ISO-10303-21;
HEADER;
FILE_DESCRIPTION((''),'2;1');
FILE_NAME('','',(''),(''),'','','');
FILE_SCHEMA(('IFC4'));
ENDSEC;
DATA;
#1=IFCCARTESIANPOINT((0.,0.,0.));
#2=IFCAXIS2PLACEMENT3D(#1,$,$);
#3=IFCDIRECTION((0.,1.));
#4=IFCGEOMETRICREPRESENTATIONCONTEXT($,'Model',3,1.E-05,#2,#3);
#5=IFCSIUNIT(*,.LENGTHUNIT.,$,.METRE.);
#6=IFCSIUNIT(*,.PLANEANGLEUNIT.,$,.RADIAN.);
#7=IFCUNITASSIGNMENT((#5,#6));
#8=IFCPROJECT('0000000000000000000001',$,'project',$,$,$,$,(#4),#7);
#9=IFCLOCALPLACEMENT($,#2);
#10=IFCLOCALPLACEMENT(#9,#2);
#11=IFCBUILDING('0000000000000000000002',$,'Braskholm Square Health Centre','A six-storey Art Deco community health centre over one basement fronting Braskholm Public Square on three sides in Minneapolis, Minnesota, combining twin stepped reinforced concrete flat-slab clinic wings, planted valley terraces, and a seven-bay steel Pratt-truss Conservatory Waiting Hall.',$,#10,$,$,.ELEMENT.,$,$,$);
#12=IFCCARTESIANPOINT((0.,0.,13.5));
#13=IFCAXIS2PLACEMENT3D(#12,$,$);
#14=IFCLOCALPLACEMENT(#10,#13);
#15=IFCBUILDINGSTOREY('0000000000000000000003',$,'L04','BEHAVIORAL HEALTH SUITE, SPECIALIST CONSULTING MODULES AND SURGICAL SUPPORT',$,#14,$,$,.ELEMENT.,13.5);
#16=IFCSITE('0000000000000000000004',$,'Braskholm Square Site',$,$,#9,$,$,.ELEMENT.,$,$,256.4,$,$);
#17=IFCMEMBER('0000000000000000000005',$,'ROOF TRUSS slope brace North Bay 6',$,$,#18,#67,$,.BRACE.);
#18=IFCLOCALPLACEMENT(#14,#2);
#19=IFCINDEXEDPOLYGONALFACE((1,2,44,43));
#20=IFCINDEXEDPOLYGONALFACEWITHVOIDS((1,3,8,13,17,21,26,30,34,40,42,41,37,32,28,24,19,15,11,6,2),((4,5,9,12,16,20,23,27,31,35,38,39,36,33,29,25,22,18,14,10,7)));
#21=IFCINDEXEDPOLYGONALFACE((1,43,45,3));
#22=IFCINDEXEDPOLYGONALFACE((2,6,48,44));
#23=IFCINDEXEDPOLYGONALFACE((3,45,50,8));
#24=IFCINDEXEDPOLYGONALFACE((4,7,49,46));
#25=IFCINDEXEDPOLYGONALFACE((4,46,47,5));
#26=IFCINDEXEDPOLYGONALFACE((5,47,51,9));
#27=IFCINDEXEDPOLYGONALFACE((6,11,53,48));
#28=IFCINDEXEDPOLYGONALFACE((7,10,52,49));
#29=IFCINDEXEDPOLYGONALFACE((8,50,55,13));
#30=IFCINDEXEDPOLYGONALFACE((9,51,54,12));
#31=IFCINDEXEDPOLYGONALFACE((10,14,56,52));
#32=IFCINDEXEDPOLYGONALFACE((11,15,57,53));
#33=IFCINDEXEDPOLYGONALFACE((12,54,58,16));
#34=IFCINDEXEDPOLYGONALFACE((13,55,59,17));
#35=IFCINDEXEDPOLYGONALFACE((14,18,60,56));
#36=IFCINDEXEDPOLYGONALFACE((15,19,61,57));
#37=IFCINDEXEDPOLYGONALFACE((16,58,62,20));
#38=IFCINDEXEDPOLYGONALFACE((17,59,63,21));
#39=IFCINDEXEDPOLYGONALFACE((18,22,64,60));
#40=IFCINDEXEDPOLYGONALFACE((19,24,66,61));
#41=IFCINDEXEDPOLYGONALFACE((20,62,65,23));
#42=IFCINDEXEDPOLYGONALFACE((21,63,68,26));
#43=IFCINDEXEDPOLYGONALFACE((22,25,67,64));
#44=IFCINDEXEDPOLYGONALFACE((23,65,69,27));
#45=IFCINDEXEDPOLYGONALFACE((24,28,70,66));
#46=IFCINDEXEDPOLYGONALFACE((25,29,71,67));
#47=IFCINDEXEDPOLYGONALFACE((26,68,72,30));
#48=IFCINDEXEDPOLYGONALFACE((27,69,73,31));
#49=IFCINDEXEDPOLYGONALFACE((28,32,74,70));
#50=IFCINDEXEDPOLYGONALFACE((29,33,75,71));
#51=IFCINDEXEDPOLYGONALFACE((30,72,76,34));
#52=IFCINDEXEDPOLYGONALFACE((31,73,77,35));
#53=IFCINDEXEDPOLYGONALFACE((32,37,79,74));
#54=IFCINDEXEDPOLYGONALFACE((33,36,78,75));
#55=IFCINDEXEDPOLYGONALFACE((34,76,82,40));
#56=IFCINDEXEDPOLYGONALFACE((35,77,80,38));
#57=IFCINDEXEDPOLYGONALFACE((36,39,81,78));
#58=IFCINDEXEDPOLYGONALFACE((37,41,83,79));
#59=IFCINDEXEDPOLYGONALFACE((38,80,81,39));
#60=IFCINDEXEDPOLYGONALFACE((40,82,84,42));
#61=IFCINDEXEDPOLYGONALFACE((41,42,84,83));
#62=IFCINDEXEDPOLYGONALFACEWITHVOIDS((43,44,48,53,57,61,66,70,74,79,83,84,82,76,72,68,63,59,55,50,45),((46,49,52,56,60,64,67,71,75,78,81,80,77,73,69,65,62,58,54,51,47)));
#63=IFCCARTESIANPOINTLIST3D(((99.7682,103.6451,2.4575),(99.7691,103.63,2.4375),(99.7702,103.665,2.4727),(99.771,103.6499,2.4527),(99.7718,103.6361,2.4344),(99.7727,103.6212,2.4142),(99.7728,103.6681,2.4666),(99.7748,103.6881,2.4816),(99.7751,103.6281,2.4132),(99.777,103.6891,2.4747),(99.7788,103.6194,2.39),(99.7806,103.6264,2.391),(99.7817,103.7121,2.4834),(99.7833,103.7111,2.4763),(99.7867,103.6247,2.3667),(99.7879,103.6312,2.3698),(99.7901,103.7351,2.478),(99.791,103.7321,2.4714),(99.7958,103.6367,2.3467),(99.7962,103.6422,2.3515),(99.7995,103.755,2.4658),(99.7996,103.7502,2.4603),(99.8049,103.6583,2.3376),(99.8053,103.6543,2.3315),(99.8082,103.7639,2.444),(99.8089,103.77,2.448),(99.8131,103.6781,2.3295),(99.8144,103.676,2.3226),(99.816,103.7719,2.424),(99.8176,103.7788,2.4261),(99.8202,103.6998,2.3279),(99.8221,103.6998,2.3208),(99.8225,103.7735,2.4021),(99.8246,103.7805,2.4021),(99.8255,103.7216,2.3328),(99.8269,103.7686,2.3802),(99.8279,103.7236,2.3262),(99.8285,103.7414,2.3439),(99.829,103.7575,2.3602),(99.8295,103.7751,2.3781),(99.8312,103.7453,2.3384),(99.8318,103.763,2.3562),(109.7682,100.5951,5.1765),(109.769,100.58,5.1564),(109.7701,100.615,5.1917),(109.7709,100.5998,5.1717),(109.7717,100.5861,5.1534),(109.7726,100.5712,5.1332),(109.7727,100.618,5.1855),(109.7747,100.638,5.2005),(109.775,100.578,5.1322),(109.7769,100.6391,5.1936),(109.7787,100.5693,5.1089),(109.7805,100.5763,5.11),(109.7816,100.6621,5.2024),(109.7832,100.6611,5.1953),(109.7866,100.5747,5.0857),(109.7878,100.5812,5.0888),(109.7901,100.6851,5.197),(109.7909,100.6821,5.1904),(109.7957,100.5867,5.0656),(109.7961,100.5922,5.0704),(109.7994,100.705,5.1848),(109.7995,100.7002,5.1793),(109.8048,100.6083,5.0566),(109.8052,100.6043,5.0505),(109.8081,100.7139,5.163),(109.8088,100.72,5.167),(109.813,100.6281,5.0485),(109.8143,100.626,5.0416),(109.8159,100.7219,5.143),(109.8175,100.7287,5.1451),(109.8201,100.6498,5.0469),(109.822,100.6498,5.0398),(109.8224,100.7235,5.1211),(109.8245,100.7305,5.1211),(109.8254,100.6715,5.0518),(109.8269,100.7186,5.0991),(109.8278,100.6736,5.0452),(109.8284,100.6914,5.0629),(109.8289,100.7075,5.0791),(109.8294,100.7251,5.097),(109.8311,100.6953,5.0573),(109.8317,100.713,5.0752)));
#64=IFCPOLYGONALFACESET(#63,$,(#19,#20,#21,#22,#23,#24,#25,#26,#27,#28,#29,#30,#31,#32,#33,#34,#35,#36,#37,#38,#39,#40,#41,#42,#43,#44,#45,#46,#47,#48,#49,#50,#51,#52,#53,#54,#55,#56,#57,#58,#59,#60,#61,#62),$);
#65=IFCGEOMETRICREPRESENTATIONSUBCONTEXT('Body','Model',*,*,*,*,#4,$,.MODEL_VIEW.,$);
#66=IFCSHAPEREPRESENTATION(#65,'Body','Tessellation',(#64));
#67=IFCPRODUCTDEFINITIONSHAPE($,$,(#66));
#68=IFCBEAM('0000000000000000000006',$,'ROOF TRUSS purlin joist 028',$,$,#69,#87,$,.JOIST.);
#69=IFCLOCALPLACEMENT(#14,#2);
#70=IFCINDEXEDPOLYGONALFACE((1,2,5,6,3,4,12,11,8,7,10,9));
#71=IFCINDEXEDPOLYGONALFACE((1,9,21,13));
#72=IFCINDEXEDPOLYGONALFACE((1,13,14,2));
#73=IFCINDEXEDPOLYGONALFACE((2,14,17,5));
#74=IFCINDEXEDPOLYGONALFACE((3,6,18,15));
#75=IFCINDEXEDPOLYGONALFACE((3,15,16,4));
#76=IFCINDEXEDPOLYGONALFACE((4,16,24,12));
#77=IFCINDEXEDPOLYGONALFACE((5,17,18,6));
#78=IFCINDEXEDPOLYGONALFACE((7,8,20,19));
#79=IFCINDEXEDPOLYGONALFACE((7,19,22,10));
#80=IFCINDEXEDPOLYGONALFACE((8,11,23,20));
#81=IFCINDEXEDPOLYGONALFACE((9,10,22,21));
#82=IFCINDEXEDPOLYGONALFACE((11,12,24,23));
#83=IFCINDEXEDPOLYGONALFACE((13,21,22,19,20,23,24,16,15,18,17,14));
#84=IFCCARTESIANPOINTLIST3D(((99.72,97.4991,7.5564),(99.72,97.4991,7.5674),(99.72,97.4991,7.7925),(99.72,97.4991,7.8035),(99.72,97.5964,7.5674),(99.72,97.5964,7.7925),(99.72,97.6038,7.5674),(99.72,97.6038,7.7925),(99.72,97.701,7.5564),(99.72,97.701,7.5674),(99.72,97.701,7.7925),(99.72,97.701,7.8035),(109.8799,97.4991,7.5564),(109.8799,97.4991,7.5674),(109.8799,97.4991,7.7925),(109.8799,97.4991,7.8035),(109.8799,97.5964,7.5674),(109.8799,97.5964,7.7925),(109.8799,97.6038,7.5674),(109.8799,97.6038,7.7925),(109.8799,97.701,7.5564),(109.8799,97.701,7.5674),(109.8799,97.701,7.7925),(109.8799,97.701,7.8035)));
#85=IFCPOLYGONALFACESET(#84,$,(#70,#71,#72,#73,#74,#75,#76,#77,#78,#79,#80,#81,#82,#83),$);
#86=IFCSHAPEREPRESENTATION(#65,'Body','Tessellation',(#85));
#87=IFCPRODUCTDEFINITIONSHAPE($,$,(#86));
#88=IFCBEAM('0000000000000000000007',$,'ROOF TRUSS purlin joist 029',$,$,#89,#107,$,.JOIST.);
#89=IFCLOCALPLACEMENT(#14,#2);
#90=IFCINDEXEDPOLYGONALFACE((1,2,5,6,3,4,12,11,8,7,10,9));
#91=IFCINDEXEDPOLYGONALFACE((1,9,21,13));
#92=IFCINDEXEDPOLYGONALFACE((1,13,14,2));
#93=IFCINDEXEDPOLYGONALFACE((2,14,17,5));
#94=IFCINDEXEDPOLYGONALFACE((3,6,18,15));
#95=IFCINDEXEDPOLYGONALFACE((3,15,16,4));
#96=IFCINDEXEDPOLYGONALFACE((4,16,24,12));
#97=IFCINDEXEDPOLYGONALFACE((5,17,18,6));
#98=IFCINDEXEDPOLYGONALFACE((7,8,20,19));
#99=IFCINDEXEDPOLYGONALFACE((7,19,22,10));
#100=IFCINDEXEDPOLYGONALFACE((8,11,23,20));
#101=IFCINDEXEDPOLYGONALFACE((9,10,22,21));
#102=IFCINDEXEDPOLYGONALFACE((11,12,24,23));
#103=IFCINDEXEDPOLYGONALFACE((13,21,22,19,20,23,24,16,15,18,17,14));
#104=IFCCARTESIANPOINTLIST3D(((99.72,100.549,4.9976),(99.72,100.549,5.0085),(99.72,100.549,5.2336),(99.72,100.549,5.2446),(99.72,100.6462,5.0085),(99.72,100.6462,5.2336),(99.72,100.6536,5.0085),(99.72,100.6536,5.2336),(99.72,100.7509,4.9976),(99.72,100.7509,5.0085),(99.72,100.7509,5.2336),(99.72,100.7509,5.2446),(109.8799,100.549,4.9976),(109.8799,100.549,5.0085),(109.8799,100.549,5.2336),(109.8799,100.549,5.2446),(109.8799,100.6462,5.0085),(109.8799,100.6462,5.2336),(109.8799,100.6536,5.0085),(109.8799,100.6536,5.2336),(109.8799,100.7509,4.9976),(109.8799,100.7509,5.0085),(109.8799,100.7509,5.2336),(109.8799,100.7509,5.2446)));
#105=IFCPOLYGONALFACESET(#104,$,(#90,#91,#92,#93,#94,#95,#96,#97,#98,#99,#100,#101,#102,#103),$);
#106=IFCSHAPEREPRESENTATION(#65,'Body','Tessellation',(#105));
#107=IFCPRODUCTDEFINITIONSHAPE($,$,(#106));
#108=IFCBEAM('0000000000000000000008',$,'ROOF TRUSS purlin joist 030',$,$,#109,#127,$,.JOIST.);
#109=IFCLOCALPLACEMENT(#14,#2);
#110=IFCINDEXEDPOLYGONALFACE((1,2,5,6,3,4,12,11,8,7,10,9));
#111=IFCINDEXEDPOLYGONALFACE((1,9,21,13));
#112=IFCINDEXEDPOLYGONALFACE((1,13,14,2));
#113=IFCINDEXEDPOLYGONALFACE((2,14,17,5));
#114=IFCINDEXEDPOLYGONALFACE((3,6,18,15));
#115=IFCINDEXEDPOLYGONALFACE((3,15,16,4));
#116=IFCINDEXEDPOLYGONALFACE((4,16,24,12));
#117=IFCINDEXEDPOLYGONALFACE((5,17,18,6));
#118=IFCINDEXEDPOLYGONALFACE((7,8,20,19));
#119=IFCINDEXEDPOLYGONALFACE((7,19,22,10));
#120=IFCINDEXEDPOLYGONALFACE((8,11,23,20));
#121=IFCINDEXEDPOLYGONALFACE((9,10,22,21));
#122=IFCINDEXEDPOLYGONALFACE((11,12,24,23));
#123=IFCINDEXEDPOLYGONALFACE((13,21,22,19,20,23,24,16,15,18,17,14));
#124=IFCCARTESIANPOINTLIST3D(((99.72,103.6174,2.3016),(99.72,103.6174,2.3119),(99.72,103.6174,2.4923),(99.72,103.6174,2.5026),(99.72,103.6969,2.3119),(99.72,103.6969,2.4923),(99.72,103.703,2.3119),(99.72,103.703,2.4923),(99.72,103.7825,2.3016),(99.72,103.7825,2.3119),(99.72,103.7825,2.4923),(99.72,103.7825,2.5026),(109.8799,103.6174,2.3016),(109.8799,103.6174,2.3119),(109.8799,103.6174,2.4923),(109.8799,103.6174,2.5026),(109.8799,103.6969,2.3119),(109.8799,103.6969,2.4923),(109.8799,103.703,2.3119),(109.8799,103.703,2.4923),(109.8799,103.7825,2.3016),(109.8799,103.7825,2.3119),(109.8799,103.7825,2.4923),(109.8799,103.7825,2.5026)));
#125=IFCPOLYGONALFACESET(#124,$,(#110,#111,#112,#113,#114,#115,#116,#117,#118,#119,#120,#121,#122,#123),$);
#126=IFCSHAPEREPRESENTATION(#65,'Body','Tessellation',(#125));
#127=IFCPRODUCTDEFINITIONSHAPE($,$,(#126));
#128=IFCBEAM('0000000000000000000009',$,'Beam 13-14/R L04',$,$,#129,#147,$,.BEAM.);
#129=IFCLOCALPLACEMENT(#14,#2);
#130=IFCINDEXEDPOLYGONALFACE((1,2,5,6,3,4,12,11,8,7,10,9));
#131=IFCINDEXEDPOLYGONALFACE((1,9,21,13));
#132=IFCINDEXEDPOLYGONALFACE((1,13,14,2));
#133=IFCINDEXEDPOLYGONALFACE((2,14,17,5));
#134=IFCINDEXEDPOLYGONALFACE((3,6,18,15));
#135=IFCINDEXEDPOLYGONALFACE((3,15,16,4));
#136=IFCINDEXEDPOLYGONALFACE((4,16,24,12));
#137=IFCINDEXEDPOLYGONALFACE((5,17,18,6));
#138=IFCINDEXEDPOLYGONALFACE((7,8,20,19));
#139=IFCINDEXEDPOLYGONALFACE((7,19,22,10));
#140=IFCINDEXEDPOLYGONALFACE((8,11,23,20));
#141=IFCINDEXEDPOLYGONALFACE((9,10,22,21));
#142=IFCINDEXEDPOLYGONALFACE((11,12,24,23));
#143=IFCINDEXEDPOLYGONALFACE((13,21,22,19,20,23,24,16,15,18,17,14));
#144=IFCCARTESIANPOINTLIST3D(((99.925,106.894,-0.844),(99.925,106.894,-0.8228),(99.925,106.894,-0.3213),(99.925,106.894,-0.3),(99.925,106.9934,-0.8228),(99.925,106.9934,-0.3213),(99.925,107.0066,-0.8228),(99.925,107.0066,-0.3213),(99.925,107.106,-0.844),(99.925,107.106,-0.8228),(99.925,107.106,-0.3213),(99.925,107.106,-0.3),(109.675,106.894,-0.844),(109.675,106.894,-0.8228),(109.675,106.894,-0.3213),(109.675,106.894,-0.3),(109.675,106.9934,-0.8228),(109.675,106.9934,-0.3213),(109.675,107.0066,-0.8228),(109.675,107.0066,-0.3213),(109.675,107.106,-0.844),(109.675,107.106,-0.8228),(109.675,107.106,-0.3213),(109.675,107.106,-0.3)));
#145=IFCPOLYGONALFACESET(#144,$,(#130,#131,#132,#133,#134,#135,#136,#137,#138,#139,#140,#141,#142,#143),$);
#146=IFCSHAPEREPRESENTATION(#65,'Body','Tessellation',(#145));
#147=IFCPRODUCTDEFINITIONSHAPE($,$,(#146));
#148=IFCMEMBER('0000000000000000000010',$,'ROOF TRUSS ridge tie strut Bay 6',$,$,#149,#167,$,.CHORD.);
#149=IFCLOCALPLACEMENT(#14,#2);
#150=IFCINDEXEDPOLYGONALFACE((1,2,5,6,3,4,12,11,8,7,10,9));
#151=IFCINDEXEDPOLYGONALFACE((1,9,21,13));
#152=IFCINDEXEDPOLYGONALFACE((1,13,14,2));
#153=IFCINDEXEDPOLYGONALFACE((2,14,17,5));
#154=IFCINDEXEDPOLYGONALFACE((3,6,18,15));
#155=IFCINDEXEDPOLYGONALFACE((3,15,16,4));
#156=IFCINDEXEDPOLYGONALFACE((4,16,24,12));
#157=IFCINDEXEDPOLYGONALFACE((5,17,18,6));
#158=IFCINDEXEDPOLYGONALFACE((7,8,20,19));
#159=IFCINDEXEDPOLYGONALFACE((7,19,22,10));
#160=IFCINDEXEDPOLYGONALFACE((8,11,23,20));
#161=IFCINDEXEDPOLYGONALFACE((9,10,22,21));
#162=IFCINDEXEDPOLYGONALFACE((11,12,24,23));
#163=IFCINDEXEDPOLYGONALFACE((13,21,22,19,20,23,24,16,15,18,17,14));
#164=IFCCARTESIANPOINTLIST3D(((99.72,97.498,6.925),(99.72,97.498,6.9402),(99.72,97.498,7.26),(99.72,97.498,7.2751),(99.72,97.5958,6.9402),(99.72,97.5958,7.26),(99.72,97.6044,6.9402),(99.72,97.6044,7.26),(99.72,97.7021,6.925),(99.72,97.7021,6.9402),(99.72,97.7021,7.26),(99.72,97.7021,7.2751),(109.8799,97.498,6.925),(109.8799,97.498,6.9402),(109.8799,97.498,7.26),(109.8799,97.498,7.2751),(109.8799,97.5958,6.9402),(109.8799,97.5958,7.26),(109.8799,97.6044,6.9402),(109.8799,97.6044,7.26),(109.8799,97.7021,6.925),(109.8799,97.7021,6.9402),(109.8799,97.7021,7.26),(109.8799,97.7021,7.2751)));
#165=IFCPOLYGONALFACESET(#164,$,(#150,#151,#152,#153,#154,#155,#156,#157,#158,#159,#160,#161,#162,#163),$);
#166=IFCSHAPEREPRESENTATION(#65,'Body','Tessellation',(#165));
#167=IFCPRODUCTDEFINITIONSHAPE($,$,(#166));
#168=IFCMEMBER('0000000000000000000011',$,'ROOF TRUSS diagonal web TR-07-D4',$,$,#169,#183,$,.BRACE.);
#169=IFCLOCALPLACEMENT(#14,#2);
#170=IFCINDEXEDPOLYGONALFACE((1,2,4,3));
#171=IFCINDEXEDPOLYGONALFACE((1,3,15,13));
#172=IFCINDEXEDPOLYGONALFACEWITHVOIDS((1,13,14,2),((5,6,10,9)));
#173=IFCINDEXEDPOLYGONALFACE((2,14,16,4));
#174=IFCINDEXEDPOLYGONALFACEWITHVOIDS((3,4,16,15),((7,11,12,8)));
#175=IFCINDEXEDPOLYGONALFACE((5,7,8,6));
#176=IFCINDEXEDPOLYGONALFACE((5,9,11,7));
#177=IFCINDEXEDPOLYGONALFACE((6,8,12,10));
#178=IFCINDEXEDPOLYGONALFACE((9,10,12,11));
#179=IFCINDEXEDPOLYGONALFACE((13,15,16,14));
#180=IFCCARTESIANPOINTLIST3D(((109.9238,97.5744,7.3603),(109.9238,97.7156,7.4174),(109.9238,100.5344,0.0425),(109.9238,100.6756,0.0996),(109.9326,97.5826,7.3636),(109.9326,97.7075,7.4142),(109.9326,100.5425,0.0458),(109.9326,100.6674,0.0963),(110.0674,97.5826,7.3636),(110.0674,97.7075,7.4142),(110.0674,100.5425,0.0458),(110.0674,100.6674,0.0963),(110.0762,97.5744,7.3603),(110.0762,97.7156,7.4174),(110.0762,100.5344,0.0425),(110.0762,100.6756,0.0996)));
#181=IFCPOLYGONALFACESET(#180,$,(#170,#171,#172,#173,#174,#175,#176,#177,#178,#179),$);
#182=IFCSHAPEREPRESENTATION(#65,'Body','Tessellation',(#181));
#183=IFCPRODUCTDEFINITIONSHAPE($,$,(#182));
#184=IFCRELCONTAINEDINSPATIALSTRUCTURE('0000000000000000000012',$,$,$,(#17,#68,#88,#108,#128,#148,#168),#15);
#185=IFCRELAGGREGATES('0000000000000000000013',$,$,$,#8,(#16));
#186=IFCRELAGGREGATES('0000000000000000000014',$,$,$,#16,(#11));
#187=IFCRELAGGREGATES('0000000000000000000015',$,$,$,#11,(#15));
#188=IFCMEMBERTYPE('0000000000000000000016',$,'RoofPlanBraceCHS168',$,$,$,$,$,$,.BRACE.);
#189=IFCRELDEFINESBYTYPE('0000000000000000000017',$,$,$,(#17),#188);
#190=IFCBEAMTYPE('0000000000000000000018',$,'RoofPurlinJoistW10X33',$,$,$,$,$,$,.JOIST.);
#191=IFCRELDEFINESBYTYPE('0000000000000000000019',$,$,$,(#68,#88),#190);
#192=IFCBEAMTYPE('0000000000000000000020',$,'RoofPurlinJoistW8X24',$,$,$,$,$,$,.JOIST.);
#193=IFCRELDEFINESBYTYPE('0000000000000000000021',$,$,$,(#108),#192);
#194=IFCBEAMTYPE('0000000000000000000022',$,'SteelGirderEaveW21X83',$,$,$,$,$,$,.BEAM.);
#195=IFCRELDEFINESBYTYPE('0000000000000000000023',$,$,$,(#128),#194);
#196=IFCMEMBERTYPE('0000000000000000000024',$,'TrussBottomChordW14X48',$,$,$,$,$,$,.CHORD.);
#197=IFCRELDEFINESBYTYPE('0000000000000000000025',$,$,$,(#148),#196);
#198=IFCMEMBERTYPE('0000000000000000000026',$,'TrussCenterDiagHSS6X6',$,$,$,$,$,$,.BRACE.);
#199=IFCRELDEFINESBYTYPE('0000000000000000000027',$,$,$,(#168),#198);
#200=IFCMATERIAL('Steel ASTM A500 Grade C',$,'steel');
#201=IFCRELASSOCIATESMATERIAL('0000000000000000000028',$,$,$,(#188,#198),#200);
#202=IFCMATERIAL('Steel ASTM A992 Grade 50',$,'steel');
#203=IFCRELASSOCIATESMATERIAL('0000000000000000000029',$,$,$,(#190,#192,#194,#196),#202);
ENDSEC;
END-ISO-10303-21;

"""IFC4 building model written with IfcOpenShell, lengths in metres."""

from ifc_helpers import new_model, si_unit, direction, frame, origin, origin_2d, place, context, subcontext, project, spatial, hollow_rectangle, hollow_circle, i_section, extrude, material, material_profile, profile_set, type_object, element, save


model = new_model("IFC4")

# Units and contexts
model_context = context("Model", 3, precision=1e-05, world=origin(), true_north=direction((0.0, 1.0)))
body_context = subcontext(model_context, "Body", "Model", "MODEL_VIEW")
ifc_project = project(units=[si_unit("LENGTHUNIT", "METRE"), si_unit("PLANEANGLEUNIT", "RADIAN")], contexts=[model_context])

# Site, building, storey
site_placement = place(None, origin())
site = spatial("IfcSite", under=ifc_project, at=site_placement, Name="Braskholm Square Site", CompositionType="ELEMENT", RefElevation=256.4)
building_placement = place(site_placement, origin())
building = spatial("IfcBuilding", under=site, at=building_placement, Name="Braskholm Square Health Centre", Description="A six-storey Art Deco community health centre over one basement fronting Braskholm Public Square on three sides in Minneapolis, Minnesota, combining twin stepped reinforced concrete flat-slab clinic wings, planted valley terraces, and a seven-bay steel Pratt-truss Conservatory Waiting Hall.", CompositionType="ELEMENT")
storey_placement = place(building_placement, frame((0.0, 0.0, 13.5)))
storey = spatial("IfcBuildingStorey", under=building, at=storey_placement, Name="L04", Description="BEHAVIORAL HEALTH SUITE, SPECIALIST CONSULTING MODULES AND SURGICAL SUPPORT", CompositionType="ELEMENT", Elevation=13.5)

# Member
ifc_material_1 = material(Name="Steel ASTM A500 Grade C", Category="steel")
ifc_material_profile_1 = material_profile(ifc_material_1, hollow_circle(Radius=0.0842, WallThickness=0.0073, at=origin_2d()), Name="HSS6.625X0.312")
ifc_profile_set_1 = profile_set([ifc_material_profile_1], Name="Steel ASTM A500 Grade C")
member_type_1 = type_object("IfcMemberType", Name="RoofPlanBraceCHS168", PredefinedType="BRACE", material=ifc_profile_set_1)
member_1_placement = place(storey_placement, frame((99.8, 103.7, 2.4021), z_axis=(0.925705, -0.282344, 0.251699), x_axis=(0.291737, 0.956499, 0.0)))
element("IfcMember", 1, at=member_1_placement, inside=storey, type_object=member_type_1, Name="ROOF TRUSS slope brace North Bay 6", PredefinedType="BRACE", context=body_context, shape_type="SweptSolid", body=[
    extrude(hollow_circle(Radius=0.0842, WallThickness=0.0073, at=origin_2d()), origin(), (0.0, 0.0, 1.0), 10.8025),
])

# Beams
ifc_material_2 = material(Name="Steel ASTM A992 Grade 50", Category="steel")
ifc_material_profile_2 = material_profile(ifc_material_2, i_section(OverallWidth=0.2019, OverallDepth=0.2471, WebThickness=0.0073, FlangeThickness=0.011, at=origin_2d()), Name="W10X33")
ifc_profile_set_2 = profile_set([ifc_material_profile_2], Name="Steel ASTM A992 Grade 50")
beam_type_1 = type_object("IfcBeamType", Name="RoofPurlinJoistW10X33", PredefinedType="JOIST", material=ifc_profile_set_2)
for number, where, z_axis, x_axis, name in (
    (2, (99.72, 97.6001, 7.6799), (1.0, 0.0, 0.0), (0.0, 1.0, 0.0), "ROOF TRUSS purlin joist 028"),
    (3, (99.72, 100.6499, 5.1211), (1.0, 0.0, 0.0), (0.0, 1.0, 0.0), "ROOF TRUSS purlin joist 029"),
):
    element("IfcBeam", number, at=place(storey_placement, frame(where, z_axis=z_axis, x_axis=x_axis)), inside=storey, type_object=beam_type_1, Name=name, PredefinedType="JOIST", context=body_context, shape_type="SweptSolid", body=[
        extrude(i_section(OverallWidth=0.2019, OverallDepth=0.2471, WebThickness=0.0073, FlangeThickness=0.011, at=origin_2d()), origin(), (0.0, 0.0, 1.0), 10.1599),
    ])
ifc_material_profile_3 = material_profile(ifc_material_2, i_section(OverallWidth=0.165, OverallDepth=0.2009, WebThickness=0.0061, FlangeThickness=0.0103, at=origin_2d()), Name="W8X24")
ifc_profile_set_3 = profile_set([ifc_material_profile_3], Name="Steel ASTM A992 Grade 50")
beam_type_2 = type_object("IfcBeamType", Name="RoofPurlinJoistW8X24", PredefinedType="JOIST", material=ifc_profile_set_3)
beam_1_placement = place(storey_placement, frame((99.72, 103.7, 2.4021), z_axis=(1.0, 0.0, 0.0), x_axis=(0.0, 1.0, 0.0)))
element("IfcBeam", 4, at=beam_1_placement, inside=storey, type_object=beam_type_2, Name="ROOF TRUSS purlin joist 030", PredefinedType="JOIST", context=body_context, shape_type="SweptSolid", body=[
    extrude(i_section(OverallWidth=0.165, OverallDepth=0.2009, WebThickness=0.0061, FlangeThickness=0.0103, at=origin_2d()), origin(), (0.0, 0.0, 1.0), 10.1599),
])
ifc_material_profile_4 = material_profile(ifc_material_2, i_section(OverallWidth=0.2119, OverallDepth=0.5439, WebThickness=0.0132, FlangeThickness=0.0212, at=origin_2d()), Name="W21X83")
ifc_profile_set_4 = profile_set([ifc_material_profile_4], Name="Steel ASTM A992 Grade 50")
beam_type_3 = type_object("IfcBeamType", Name="SteelGirderEaveW21X83", PredefinedType="BEAM", material=ifc_profile_set_4)
beam_2_placement = place(storey_placement, frame((99.925, 107.0, -0.572), z_axis=(1.0, 0.0, 0.0), x_axis=(0.0, 1.0, 0.0)))
element("IfcBeam", 5, at=beam_2_placement, inside=storey, type_object=beam_type_3, Name="Beam 13-14/R L04", PredefinedType="BEAM", context=body_context, shape_type="SweptSolid", body=[
    extrude(i_section(OverallWidth=0.2119, OverallDepth=0.5439, WebThickness=0.0132, FlangeThickness=0.0212, at=origin_2d()), origin(), (0.0, 0.0, 1.0), 9.75),
])

# Members
ifc_material_profile_5 = material_profile(ifc_material_2, i_section(OverallWidth=0.2041, OverallDepth=0.3501, WebThickness=0.0085, FlangeThickness=0.0151, at=origin_2d()), Name="W14X48")
ifc_profile_set_5 = profile_set([ifc_material_profile_5], Name="Steel ASTM A992 Grade 50")
member_type_2 = type_object("IfcMemberType", Name="TrussBottomChordW14X48", PredefinedType="CHORD", material=ifc_profile_set_5)
member_2_placement = place(storey_placement, frame((99.72, 97.6001, 7.1001), z_axis=(1.0, 0.0, 0.0), x_axis=(0.0, 1.0, 0.0)))
element("IfcMember", 6, at=member_2_placement, inside=storey, type_object=member_type_2, Name="ROOF TRUSS ridge tie strut Bay 6", PredefinedType="CHORD", context=body_context, shape_type="SweptSolid", body=[
    extrude(i_section(OverallWidth=0.2041, OverallDepth=0.3501, WebThickness=0.0085, FlangeThickness=0.0151, at=origin_2d()), origin(), (0.0, 0.0, 1.0), 10.1599),
])
ifc_material_profile_6 = material_profile(ifc_material_1, hollow_rectangle(XDim=0.1523, YDim=0.1523, WallThickness=0.0088, at=origin_2d()), Name="HSS6X6X3/8")
ifc_profile_set_6 = profile_set([ifc_material_profile_6], Name="Steel ASTM A500 Grade C")
member_type_3 = type_object("IfcMemberType", Name="TrussCenterDiagHSS6X6", PredefinedType="BRACE", material=ifc_profile_set_6)
member_3_placement = place(storey_placement, frame((110.0, 100.605, 0.071), z_axis=(0.0, -0.374971, 0.927036), x_axis=(1.0, 0.0, 0.0)))
element("IfcMember", 7, at=member_3_placement, inside=storey, type_object=member_type_3, Name="ROOF TRUSS diagonal web TR-07-D4", PredefinedType="BRACE", context=body_context, shape_type="SweptSolid", body=[
    extrude(hollow_rectangle(XDim=0.1523, YDim=0.1523, WallThickness=0.0088, at=origin_2d()), origin(), (0.0, 0.0, 1.0), 7.8938),
])

save(model, "model.ifc")
